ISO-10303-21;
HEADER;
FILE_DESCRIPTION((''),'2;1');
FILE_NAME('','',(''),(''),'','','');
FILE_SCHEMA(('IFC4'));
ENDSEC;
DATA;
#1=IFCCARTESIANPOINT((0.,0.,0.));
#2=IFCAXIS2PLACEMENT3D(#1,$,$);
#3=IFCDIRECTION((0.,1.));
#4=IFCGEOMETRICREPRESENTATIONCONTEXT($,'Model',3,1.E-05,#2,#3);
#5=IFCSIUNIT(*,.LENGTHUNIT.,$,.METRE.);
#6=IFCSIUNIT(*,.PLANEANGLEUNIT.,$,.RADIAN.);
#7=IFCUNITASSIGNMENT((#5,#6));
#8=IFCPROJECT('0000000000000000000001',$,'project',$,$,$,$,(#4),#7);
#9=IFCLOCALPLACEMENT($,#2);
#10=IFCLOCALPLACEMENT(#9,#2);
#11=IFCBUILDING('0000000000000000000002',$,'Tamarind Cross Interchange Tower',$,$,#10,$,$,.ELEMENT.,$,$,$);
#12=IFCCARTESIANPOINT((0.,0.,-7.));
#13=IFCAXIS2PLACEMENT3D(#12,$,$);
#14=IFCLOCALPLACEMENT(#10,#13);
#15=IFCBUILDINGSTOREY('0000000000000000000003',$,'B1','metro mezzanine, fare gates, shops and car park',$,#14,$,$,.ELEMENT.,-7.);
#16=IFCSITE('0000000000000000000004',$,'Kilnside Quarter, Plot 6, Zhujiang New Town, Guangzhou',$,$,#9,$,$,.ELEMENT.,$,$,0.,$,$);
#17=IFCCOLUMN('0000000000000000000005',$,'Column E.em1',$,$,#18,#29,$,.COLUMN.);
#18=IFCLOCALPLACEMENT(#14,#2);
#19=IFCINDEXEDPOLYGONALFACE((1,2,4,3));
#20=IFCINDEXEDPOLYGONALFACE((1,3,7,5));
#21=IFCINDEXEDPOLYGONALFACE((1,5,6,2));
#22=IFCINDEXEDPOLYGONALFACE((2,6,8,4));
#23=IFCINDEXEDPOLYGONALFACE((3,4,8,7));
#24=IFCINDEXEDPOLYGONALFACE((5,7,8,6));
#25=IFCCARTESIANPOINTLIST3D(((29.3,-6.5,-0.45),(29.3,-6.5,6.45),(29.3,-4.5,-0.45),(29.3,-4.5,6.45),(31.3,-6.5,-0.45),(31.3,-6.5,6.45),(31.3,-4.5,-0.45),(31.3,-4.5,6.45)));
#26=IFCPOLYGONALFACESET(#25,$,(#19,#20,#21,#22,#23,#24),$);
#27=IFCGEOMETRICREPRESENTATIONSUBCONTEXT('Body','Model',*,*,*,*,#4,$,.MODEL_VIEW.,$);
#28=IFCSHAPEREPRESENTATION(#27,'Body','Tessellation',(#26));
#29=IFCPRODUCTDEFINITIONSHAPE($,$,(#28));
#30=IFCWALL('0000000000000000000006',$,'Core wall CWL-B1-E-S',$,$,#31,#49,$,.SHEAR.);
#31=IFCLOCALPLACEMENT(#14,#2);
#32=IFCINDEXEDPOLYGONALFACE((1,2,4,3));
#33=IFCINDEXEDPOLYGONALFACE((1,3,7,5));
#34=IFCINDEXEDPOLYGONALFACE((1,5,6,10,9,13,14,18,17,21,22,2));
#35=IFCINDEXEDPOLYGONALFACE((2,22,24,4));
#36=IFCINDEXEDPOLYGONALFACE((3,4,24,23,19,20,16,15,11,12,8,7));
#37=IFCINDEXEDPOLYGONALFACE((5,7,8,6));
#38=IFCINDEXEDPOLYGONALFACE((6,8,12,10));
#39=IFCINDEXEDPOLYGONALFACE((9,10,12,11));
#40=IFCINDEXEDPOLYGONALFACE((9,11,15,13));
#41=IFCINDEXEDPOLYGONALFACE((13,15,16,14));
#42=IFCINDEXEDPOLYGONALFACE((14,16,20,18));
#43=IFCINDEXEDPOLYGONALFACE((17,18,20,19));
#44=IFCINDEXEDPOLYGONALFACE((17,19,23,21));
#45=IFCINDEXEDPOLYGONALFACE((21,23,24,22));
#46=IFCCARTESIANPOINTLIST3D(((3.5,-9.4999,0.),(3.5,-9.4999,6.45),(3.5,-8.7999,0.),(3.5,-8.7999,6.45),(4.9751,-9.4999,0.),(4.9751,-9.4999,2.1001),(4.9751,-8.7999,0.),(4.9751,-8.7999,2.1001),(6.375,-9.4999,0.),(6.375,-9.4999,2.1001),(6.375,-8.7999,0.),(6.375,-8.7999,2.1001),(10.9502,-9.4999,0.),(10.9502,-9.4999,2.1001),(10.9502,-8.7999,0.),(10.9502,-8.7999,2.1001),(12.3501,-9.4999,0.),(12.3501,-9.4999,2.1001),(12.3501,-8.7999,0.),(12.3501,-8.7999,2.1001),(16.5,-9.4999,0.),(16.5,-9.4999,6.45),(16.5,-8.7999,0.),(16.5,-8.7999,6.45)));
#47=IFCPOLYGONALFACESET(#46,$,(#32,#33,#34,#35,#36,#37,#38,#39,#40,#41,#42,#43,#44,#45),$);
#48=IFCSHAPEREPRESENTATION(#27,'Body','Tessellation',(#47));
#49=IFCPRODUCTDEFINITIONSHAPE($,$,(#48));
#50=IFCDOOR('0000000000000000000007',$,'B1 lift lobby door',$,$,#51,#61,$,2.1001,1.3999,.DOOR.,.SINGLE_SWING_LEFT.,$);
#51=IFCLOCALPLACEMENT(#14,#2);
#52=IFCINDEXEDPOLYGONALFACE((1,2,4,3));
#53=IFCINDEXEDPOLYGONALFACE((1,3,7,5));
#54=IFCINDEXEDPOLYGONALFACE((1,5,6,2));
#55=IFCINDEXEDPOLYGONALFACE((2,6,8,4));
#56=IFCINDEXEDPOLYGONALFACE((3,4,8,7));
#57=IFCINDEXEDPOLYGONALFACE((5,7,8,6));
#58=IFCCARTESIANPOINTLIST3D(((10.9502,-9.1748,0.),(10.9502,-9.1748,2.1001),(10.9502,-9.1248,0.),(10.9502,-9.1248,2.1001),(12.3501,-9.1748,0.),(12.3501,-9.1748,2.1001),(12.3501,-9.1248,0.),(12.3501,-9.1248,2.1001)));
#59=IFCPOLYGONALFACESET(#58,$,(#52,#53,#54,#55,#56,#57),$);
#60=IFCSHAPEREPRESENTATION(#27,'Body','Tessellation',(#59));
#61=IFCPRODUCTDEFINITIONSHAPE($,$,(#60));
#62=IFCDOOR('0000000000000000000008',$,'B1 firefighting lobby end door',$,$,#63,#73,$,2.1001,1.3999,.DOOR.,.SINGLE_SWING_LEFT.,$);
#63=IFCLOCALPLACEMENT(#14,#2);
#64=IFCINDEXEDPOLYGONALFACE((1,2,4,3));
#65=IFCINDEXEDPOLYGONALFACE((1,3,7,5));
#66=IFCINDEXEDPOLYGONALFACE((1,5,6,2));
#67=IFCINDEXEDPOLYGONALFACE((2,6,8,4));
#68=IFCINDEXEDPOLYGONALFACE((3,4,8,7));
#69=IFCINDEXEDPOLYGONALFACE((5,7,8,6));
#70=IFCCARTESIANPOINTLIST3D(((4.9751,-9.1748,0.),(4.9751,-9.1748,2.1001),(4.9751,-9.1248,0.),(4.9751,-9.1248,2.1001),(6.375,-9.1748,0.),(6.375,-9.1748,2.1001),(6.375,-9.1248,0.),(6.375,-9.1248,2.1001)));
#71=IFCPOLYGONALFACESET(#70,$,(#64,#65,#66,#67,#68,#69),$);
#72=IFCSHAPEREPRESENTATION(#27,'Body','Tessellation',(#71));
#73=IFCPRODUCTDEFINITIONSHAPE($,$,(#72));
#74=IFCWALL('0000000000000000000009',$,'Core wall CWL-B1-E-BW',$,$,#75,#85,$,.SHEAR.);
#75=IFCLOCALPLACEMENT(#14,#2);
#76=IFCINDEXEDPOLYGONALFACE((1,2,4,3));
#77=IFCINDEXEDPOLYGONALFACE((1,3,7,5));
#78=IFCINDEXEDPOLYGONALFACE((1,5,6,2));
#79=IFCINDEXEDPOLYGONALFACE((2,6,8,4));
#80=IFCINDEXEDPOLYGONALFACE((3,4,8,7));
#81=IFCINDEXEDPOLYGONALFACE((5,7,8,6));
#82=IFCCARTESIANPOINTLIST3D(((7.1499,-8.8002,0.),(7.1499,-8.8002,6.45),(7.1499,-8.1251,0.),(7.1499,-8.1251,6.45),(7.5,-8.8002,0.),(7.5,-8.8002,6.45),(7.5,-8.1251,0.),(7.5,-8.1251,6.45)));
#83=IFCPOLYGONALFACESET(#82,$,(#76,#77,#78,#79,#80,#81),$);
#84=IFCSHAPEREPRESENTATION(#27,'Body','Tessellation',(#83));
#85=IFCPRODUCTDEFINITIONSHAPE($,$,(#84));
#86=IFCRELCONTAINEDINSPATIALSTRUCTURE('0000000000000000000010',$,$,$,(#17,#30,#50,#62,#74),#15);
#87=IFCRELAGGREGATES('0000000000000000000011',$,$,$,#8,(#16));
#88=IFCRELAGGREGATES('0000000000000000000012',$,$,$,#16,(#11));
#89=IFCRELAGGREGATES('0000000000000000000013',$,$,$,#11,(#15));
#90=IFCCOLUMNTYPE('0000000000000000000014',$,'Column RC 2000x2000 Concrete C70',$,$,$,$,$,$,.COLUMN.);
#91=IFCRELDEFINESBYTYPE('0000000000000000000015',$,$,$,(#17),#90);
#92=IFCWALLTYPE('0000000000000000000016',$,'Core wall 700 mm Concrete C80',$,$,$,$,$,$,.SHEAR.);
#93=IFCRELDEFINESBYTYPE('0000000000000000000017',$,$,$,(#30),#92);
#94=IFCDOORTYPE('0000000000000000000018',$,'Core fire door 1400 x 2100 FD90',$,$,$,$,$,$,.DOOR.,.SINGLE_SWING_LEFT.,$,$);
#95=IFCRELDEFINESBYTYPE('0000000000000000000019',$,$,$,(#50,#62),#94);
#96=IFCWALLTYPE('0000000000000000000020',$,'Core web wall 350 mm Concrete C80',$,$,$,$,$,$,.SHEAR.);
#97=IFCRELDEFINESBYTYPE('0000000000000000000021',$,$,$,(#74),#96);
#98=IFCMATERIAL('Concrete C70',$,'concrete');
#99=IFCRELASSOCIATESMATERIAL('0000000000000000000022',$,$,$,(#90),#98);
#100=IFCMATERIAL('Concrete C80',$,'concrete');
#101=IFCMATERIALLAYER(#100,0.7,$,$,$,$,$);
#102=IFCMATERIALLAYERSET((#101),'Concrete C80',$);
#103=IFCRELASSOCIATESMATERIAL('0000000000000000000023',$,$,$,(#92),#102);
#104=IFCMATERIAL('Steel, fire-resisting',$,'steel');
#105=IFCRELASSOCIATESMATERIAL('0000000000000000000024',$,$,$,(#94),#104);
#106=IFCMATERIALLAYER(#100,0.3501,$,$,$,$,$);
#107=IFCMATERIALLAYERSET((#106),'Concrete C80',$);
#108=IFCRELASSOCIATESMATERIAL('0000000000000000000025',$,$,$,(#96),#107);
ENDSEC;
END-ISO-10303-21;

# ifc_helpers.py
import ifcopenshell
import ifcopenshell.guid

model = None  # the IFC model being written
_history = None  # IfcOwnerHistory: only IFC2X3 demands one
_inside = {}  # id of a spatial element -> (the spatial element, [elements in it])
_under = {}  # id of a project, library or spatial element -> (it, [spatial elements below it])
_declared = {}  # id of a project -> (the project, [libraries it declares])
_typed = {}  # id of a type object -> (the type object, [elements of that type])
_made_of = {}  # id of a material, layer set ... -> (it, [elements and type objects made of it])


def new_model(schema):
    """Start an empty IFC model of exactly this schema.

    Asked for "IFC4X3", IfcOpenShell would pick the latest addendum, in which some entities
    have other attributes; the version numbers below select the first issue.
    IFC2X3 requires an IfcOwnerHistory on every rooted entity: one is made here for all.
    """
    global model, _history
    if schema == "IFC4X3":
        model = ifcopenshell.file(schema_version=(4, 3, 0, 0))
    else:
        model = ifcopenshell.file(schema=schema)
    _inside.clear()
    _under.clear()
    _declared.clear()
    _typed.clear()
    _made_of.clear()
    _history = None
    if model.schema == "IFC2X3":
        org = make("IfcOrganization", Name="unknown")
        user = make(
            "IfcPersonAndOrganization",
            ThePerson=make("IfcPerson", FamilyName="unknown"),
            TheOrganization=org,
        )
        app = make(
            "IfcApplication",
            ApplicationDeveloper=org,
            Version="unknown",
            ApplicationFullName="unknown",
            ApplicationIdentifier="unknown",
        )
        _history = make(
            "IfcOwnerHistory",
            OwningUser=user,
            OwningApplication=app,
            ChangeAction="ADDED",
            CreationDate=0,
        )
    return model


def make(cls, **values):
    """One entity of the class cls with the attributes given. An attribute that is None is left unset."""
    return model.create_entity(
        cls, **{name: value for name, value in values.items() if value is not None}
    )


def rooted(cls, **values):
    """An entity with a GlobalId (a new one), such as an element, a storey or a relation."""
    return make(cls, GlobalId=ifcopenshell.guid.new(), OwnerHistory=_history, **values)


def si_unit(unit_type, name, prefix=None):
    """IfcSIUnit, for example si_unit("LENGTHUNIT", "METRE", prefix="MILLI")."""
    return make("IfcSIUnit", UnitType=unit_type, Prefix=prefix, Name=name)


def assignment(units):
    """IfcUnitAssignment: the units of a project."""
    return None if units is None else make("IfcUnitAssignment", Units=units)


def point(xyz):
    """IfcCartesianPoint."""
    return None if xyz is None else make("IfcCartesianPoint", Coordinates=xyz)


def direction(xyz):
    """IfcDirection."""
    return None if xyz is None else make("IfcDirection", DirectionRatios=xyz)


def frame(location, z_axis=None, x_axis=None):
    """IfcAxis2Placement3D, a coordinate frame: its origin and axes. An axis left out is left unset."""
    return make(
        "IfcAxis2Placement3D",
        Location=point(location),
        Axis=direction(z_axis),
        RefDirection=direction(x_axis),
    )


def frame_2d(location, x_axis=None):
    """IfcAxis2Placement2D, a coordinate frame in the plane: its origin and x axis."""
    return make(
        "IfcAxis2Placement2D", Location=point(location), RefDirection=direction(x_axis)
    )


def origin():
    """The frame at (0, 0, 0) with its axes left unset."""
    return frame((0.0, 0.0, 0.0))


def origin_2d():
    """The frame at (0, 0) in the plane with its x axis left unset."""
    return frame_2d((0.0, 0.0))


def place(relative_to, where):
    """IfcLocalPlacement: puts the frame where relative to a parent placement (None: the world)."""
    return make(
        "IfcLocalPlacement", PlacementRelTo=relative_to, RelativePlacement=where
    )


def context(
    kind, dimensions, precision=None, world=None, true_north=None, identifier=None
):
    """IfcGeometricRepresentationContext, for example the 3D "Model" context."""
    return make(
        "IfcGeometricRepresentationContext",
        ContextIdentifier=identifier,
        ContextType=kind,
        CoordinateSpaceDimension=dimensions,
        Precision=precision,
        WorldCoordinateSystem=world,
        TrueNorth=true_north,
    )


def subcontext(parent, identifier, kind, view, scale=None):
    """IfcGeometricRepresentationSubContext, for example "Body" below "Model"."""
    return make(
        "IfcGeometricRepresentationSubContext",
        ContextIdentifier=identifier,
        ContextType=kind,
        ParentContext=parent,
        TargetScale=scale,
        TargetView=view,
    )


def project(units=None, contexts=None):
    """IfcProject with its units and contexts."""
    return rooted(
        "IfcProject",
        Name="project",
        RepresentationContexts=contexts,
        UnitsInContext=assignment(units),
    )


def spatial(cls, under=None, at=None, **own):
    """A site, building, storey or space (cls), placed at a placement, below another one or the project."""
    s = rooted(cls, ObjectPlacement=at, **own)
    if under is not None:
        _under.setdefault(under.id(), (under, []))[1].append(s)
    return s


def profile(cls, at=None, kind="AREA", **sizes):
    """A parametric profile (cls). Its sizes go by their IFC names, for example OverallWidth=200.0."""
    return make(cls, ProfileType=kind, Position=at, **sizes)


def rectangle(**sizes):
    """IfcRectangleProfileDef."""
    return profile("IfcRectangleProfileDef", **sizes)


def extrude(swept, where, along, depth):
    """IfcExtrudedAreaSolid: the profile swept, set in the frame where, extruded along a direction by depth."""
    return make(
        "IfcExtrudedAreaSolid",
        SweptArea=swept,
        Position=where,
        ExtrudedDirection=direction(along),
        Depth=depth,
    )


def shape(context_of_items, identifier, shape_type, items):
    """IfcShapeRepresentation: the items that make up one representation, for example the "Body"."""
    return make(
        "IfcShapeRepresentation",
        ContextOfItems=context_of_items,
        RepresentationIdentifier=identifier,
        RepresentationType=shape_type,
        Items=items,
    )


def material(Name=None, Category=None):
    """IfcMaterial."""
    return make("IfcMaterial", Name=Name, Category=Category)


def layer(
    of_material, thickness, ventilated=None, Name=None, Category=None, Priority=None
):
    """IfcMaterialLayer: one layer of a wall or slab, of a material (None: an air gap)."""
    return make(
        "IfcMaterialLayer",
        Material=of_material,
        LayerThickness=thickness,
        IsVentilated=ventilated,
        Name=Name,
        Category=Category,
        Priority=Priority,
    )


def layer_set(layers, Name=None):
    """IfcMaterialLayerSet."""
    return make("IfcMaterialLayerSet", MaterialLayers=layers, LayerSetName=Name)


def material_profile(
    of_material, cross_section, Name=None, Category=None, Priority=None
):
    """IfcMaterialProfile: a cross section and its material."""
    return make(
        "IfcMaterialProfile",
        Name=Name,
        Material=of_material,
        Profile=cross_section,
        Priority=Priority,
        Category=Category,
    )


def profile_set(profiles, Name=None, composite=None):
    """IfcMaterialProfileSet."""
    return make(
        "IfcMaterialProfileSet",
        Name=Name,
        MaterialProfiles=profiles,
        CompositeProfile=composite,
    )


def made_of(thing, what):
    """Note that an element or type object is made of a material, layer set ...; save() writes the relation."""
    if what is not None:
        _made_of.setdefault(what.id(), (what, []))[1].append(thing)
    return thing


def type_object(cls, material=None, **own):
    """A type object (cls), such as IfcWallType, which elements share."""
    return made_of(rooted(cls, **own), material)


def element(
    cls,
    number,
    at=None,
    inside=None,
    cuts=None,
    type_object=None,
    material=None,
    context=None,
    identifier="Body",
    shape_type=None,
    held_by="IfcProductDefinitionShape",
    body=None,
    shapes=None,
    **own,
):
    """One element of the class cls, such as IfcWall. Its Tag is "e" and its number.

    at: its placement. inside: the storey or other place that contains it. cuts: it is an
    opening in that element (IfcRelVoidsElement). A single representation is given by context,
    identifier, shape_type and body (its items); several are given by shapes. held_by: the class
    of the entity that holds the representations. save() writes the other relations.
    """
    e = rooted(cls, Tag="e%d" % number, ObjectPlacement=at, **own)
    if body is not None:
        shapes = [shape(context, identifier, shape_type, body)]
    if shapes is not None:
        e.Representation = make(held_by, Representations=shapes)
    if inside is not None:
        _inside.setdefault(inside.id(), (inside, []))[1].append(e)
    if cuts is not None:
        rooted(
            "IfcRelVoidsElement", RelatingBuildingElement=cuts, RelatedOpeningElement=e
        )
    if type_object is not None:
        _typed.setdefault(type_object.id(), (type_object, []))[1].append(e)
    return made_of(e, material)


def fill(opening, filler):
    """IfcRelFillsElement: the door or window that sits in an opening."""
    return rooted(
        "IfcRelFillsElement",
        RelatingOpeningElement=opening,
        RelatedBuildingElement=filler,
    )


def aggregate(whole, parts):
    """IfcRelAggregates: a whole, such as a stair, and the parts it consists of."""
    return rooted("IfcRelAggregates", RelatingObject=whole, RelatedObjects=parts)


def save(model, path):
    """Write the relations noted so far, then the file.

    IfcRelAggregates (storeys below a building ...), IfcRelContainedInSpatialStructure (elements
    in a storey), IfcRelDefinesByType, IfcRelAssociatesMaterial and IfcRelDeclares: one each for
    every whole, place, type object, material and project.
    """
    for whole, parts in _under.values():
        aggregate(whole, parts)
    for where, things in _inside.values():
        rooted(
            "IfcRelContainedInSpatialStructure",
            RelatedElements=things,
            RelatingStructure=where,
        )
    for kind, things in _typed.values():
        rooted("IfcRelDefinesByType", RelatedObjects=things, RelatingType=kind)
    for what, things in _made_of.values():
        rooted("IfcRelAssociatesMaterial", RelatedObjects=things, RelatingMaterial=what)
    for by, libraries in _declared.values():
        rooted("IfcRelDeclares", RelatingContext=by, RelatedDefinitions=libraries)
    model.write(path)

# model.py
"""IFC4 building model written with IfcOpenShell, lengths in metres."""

from ifc_helpers import new_model, si_unit, direction, frame, frame_2d, origin, origin_2d, place, context, subcontext, project, spatial, rectangle, extrude, material, layer, layer_set, material_profile, profile_set, type_object, element, fill, save


model = new_model("IFC4")

# Units and contexts
model_context = context("Model", 3, precision=1e-05, world=origin(), true_north=direction((0.0, 1.0)))
body_context = subcontext(model_context, "Body", "Model", "MODEL_VIEW")
ifc_project = project(units=[si_unit("LENGTHUNIT", "METRE"), si_unit("PLANEANGLEUNIT", "RADIAN")], contexts=[model_context])

# Site, building, storey
site_placement = place(None, origin())
site = spatial("IfcSite", under=ifc_project, at=site_placement, Name="Kilnside Quarter, Plot 6, Zhujiang New Town, Guangzhou", CompositionType="ELEMENT", RefElevation=0.0)
building_placement = place(site_placement, origin())
building = spatial("IfcBuilding", under=site, at=building_placement, Name="Tamarind Cross Interchange Tower", CompositionType="ELEMENT")
storey_placement = place(building_placement, frame((0.0, 0.0, -7.0)))
storey = spatial("IfcBuildingStorey", under=building, at=storey_placement, Name="B1", Description="metro mezzanine, fare gates, shops and car park", CompositionType="ELEMENT", Elevation=-7.0)

# Column
ifc_material_1 = material(Name="Concrete C70", Category="concrete")
ifc_material_profile = material_profile(ifc_material_1, rectangle(XDim=2.0, YDim=2.0, at=origin_2d()), Name="RC 2000x2000")
ifc_profile_set = profile_set([ifc_material_profile], Name="Concrete C70")
column_type = type_object("IfcColumnType", Name="Column RC 2000x2000 Concrete C70", PredefinedType="COLUMN", material=ifc_profile_set)
column_placement = place(storey_placement, frame((30.3, -5.5, -0.45), z_axis=(0.0, 0.0, 1.0), x_axis=(1.0, 0.0, 0.0)))
element("IfcColumn", 1, at=column_placement, inside=storey, type_object=column_type, Name="Column E.em1", PredefinedType="COLUMN", context=body_context, shape_type="SweptSolid", body=[
    extrude(rectangle(XDim=2.0, YDim=2.0, at=origin_2d()), origin(), (0.0, 0.0, 1.0), 6.8999),
])

# Wall, openings, doors
ifc_material_2 = material(Name="Concrete C80", Category="concrete")
ifc_layer_1 = layer(ifc_material_2, 0.7)
ifc_layer_set_1 = layer_set([ifc_layer_1], Name="Concrete C80")
wall_type_1 = type_object("IfcWallType", Name="Core wall 700 mm Concrete C80", PredefinedType="SHEAR", material=ifc_layer_set_1)
wall_1_placement = place(storey_placement, frame((16.5, -9.1499, 0.0), z_axis=(0.0, 0.0, 1.0), x_axis=(-1.0, 0.0, 0.0)))
wall_1 = element("IfcWall", 2, at=wall_1_placement, inside=storey, type_object=wall_type_1, Name="Core wall CWL-B1-E-S", PredefinedType="SHEAR", context=body_context, shape_type="SweptSolid", body=[
    extrude(rectangle(XDim=13.0, YDim=0.7, at=frame_2d((6.5, 0.0))), origin(), (0.0, 0.0, 1.0), 6.45),
])
opening_1_placement = place(wall_1_placement, frame((4.1499, 0.0, 0.0)))
opening_1 = element("IfcOpeningElement", 3, at=opening_1_placement, cuts=wall_1, PredefinedType="OPENING", context=body_context, shape_type="SweptSolid", body=[
    extrude(rectangle(XDim=1.3999, YDim=2.1001, at=frame_2d((0.7, 1.05))), frame((0.0, 0.3599, 0.0), z_axis=(0.0, -1.0, 0.0), x_axis=(1.0, 0.0, 0.0)), (0.0, 0.0, 1.0), 0.72),
])
opening_2_placement = place(wall_1_placement, frame((10.125, 0.0, 0.0)))
opening_2 = element("IfcOpeningElement", 4, at=opening_2_placement, cuts=wall_1, PredefinedType="OPENING", context=body_context, shape_type="SweptSolid", body=[
    extrude(rectangle(XDim=1.3999, YDim=2.1001, at=frame_2d((0.7, 1.05))), frame((0.0, 0.3599, 0.0), z_axis=(0.0, -1.0, 0.0), x_axis=(1.0, 0.0, 0.0)), (0.0, 0.0, 1.0), 0.72),
])
ifc_material_3 = material(Name="Steel, fire-resisting", Category="steel")
door_type_1 = type_object("IfcDoorType", Name="Core fire door 1400 x 2100 FD90", OperationType="SINGLE_SWING_LEFT", PredefinedType="DOOR", material=ifc_material_3)
door_1_placement = place(opening_1_placement, origin())
door_1 = element("IfcDoor", 5, at=door_1_placement, inside=storey, type_object=door_type_1, Name="B1 lift lobby door", OperationType="SINGLE_SWING_LEFT", OverallHeight=2.1001, OverallWidth=1.3999, PredefinedType="DOOR", context=body_context, shape_type="SweptSolid", body=[
    extrude(rectangle(XDim=1.3999, YDim=2.1001, at=frame_2d((0.7, 1.05))), frame((0.0, 0.0249, 0.0), z_axis=(0.0, -1.0, 0.0), x_axis=(1.0, 0.0, 0.0)), (0.0, 0.0, 1.0), 0.05),
])
fill(opening_1, door_1)
door_2_placement = place(opening_2_placement, origin())
door_2 = element("IfcDoor", 6, at=door_2_placement, inside=storey, type_object=door_type_1, Name="B1 firefighting lobby end door", OperationType="SINGLE_SWING_LEFT", OverallHeight=2.1001, OverallWidth=1.3999, PredefinedType="DOOR", context=body_context, shape_type="SweptSolid", body=[
    extrude(rectangle(XDim=1.3999, YDim=2.1001, at=frame_2d((0.7, 1.05))), frame((0.0, 0.0249, 0.0), z_axis=(0.0, -1.0, 0.0), x_axis=(1.0, 0.0, 0.0)), (0.0, 0.0, 1.0), 0.05),
])
fill(opening_2, door_2)

# Wall
ifc_layer_2 = layer(ifc_material_2, 0.3501)
ifc_layer_set_2 = layer_set([ifc_layer_2], Name="Concrete C80")
wall_type_2 = type_object("IfcWallType", Name="Core web wall 350 mm Concrete C80", PredefinedType="SHEAR", material=ifc_layer_set_2)
wall_2_placement = place(storey_placement, frame((7.325, -8.8, 0.0), z_axis=(0.0, 0.0, 1.0), x_axis=(0.0, 1.0, 0.0)))
element("IfcWall", 7, at=wall_2_placement, inside=storey, type_object=wall_type_2, Name="Core wall CWL-B1-E-BW", PredefinedType="SHEAR", context=body_context, shape_type="SweptSolid", body=[
    extrude(rectangle(XDim=0.675, YDim=0.3501, at=frame_2d((0.3374, 0.0))), origin(), (0.0, 0.0, 1.0), 6.45),
])

save(model, "model.ifc")
